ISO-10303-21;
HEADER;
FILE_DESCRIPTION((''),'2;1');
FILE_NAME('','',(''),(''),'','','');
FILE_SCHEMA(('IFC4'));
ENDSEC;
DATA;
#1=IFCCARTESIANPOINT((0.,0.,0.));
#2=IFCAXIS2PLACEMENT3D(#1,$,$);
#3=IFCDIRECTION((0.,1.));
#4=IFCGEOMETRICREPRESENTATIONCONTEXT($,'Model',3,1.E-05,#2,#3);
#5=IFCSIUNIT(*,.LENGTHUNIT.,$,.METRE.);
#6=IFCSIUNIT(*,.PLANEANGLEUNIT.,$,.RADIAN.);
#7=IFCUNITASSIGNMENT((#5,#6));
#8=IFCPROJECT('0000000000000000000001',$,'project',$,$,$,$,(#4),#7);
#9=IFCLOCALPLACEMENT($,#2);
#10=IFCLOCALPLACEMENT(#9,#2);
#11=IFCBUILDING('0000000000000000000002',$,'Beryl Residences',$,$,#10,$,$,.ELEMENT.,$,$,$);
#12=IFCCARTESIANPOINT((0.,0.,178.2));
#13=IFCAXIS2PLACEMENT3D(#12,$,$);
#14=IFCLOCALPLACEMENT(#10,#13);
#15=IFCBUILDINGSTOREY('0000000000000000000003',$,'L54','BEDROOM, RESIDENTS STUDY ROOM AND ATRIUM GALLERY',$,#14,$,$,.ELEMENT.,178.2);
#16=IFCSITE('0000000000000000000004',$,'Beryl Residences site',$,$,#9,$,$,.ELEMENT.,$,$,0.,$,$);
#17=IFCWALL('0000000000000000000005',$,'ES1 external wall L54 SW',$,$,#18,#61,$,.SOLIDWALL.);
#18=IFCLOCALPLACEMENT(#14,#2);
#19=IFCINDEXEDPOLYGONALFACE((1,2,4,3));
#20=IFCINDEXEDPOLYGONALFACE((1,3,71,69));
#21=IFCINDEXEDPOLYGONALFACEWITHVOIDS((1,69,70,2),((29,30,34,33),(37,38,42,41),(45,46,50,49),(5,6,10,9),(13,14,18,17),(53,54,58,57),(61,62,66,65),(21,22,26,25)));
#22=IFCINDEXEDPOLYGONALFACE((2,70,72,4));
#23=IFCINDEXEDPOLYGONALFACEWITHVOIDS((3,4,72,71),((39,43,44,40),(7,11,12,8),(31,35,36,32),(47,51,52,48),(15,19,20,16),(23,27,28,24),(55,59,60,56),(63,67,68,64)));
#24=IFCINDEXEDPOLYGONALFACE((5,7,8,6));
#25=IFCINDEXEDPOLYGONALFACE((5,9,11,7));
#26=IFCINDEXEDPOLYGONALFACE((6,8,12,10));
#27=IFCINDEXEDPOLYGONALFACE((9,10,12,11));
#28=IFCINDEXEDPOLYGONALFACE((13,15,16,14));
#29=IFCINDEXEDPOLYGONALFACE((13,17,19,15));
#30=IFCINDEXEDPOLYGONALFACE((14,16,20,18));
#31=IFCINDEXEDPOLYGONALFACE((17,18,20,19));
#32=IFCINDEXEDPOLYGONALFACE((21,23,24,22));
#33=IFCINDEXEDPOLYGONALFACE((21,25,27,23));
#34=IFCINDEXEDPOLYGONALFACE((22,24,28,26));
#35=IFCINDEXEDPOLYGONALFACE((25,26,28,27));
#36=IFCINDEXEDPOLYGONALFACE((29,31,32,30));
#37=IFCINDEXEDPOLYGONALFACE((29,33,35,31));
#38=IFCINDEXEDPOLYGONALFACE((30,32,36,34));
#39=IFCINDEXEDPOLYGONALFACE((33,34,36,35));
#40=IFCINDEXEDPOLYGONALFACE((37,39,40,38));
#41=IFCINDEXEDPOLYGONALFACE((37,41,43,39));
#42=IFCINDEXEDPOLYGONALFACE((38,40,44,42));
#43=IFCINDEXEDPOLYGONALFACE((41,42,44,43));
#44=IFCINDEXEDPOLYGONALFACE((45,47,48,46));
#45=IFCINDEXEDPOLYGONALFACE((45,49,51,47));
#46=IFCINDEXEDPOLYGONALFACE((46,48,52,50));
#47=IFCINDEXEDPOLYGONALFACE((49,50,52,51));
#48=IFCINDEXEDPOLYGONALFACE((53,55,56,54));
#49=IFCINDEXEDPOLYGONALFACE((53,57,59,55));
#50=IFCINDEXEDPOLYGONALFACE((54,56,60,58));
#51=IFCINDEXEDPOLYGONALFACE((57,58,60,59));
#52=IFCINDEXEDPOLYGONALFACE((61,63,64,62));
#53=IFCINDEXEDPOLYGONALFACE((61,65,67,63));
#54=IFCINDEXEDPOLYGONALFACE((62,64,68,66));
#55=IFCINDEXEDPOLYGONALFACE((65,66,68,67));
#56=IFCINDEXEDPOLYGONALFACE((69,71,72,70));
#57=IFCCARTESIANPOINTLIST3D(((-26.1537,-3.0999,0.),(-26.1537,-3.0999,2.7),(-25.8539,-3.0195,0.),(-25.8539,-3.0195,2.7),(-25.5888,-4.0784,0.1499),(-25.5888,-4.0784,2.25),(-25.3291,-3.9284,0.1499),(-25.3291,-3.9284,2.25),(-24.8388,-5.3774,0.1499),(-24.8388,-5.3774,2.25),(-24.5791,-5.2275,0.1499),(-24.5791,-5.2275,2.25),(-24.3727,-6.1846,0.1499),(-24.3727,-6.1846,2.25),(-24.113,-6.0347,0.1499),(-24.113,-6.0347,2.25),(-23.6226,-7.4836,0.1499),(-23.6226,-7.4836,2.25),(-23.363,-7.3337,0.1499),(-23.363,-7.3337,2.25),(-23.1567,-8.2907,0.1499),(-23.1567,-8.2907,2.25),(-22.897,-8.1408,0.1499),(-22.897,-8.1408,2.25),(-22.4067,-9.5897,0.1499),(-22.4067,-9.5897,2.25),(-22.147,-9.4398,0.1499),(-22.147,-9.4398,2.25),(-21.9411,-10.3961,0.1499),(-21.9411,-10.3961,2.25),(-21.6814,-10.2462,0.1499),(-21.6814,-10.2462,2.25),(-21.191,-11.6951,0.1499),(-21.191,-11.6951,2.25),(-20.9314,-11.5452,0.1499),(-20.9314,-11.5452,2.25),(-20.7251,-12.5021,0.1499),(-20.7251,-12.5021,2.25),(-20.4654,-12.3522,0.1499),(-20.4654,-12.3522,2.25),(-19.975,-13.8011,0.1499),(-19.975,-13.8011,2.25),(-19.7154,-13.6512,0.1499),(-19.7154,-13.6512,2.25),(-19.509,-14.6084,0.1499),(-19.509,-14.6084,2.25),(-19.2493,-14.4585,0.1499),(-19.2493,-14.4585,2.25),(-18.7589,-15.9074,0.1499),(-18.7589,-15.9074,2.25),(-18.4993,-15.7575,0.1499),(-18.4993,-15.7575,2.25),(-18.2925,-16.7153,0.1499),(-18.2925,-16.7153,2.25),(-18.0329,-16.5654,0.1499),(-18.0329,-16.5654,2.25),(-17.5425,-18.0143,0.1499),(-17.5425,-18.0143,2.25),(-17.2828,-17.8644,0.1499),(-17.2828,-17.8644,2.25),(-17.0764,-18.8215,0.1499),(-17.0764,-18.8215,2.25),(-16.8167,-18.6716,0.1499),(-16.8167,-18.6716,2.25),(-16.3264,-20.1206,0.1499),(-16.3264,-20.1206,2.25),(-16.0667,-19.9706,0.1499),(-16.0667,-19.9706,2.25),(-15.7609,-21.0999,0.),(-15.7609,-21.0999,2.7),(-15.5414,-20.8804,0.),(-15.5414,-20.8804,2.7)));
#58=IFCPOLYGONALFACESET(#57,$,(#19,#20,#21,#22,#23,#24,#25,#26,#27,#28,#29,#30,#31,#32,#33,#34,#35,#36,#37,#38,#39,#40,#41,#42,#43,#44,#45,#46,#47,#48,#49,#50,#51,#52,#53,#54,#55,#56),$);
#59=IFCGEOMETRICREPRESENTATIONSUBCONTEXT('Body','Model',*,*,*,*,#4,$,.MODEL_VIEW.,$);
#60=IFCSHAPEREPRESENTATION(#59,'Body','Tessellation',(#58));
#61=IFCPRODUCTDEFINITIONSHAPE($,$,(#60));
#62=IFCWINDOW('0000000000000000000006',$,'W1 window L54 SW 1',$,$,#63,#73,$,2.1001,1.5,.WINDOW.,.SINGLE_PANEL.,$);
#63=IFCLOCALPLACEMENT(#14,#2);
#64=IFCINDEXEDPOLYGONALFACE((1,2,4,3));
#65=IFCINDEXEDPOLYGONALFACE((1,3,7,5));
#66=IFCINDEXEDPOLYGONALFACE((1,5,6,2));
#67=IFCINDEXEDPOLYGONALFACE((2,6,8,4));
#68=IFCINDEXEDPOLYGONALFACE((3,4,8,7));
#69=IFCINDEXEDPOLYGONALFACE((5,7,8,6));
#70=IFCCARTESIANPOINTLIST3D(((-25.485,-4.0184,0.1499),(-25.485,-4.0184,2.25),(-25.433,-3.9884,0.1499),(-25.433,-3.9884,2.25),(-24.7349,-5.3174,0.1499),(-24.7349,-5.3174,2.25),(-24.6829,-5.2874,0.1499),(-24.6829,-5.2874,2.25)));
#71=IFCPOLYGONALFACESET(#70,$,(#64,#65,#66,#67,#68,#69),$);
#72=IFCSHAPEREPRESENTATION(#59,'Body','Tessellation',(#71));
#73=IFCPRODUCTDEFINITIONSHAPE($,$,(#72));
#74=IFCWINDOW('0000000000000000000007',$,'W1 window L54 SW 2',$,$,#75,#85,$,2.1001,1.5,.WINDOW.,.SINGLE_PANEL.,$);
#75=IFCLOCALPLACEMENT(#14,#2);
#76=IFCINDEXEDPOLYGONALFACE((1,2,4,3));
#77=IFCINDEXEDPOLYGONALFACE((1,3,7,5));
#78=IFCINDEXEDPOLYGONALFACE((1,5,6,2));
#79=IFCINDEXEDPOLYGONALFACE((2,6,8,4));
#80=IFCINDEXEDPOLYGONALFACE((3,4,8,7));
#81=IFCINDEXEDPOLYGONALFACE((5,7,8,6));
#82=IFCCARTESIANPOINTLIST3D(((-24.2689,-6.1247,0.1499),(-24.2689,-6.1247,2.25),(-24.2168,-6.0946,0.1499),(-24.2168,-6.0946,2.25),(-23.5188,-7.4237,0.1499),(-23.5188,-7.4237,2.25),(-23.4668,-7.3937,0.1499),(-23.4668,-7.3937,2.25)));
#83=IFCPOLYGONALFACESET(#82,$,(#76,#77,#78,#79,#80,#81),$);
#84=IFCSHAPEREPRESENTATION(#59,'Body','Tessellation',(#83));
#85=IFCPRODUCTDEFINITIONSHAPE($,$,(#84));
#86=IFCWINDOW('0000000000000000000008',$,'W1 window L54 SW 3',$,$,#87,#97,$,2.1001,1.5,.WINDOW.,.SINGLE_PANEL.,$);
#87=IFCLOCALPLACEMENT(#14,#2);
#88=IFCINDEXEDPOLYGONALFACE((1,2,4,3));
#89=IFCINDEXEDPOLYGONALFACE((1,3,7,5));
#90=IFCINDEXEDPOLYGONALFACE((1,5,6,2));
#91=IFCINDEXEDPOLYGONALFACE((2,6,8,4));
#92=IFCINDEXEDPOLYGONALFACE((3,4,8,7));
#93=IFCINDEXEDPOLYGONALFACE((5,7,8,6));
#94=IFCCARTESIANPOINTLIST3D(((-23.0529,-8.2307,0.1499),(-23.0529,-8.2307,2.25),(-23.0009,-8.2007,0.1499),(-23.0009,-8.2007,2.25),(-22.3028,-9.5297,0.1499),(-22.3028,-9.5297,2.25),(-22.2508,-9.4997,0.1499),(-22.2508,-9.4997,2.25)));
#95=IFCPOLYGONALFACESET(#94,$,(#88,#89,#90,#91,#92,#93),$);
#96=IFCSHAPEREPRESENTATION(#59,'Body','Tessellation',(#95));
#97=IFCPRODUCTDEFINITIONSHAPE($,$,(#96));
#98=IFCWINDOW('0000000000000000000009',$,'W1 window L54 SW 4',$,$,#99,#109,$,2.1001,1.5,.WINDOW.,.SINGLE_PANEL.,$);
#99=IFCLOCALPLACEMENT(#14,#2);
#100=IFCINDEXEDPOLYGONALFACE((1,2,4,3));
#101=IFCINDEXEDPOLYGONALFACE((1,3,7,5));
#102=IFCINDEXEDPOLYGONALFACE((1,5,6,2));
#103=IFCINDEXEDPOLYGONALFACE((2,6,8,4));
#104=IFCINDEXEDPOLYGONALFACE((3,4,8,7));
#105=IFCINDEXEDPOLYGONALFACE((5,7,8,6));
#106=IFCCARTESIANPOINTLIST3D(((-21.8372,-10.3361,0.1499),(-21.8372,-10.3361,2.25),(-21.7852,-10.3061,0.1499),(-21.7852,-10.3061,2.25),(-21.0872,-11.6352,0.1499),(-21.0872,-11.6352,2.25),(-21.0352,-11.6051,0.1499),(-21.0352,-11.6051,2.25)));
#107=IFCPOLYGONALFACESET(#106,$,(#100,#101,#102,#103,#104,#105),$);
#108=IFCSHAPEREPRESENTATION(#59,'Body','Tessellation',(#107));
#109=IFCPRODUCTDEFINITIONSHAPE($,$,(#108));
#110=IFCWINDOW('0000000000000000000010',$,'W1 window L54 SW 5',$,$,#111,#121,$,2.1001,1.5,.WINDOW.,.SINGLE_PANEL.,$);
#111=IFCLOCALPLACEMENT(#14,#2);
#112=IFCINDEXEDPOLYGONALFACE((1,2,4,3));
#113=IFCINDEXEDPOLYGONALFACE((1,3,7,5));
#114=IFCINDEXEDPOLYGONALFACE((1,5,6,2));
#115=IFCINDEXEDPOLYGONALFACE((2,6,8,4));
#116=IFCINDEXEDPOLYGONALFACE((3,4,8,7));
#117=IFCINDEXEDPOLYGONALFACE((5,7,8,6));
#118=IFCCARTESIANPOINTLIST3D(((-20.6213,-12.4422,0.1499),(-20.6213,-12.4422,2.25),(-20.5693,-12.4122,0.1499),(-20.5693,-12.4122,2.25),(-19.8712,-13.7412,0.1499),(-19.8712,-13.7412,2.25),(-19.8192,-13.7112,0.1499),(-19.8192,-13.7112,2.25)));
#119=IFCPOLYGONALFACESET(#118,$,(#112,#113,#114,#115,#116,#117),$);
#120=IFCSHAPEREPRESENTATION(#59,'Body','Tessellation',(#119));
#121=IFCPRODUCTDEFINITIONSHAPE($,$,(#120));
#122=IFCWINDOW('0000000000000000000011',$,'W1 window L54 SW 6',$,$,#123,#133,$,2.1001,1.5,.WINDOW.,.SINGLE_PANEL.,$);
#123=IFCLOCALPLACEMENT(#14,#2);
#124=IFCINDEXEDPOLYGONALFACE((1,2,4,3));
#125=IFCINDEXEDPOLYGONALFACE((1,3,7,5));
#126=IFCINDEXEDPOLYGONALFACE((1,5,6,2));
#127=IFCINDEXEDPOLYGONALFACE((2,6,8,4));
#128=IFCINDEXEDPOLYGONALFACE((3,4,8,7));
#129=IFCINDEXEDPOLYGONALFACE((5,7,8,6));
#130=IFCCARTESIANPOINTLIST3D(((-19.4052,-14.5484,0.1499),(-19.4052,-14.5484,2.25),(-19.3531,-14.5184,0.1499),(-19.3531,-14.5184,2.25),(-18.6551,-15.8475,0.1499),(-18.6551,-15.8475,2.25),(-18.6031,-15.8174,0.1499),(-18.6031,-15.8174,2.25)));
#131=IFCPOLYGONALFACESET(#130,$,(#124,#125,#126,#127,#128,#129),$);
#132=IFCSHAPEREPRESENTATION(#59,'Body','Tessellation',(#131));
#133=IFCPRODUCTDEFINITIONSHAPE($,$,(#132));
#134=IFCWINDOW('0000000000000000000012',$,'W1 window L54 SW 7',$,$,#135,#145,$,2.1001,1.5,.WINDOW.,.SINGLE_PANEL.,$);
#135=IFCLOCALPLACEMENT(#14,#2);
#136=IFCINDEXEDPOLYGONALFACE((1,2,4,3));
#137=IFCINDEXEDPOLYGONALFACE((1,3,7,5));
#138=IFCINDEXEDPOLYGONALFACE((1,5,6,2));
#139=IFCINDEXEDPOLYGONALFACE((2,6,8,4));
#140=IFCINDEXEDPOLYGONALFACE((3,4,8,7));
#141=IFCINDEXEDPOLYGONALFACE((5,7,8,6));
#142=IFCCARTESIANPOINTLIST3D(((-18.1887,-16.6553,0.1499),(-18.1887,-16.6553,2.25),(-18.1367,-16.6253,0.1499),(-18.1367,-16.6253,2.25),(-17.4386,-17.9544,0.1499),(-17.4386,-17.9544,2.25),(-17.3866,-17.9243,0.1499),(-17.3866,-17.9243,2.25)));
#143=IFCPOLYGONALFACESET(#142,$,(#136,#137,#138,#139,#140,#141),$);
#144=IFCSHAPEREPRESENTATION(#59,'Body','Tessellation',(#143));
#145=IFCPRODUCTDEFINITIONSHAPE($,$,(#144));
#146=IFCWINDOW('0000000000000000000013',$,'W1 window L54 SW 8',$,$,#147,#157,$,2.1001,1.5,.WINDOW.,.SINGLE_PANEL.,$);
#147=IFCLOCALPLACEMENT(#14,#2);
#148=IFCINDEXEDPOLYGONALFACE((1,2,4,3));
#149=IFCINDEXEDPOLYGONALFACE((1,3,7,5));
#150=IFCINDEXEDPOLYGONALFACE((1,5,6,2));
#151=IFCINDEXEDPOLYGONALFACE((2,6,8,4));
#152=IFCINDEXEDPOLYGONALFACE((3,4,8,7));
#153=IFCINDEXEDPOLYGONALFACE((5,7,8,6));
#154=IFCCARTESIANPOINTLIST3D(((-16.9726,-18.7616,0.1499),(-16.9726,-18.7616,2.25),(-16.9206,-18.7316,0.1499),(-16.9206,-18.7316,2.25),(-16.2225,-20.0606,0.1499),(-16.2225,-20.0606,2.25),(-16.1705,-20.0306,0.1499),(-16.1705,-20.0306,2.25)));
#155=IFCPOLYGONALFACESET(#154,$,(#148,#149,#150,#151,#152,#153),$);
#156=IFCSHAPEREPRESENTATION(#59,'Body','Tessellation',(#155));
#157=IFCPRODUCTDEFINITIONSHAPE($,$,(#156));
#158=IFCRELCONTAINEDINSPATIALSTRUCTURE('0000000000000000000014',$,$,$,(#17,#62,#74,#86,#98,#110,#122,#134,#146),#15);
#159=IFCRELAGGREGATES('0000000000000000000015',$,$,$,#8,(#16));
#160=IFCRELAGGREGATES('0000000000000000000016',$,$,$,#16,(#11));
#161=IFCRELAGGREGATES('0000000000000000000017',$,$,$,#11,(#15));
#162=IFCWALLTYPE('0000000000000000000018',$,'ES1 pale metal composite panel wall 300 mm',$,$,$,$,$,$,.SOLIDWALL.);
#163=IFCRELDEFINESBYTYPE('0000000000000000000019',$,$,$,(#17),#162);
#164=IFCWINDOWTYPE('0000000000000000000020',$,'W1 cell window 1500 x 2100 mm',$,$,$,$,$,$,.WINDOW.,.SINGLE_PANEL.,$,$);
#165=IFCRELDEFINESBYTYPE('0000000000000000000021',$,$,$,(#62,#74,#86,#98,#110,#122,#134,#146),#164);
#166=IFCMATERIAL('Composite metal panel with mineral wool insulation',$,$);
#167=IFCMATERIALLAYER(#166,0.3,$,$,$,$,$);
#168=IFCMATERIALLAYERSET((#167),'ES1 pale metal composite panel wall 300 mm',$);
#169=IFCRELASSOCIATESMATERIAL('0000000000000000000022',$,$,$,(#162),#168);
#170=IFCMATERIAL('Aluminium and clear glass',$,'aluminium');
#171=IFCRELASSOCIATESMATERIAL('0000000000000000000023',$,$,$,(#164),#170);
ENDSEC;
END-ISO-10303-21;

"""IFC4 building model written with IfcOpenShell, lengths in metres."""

from ifc_helpers import new_model, si_unit, direction, frame, frame_2d, origin, place, context, subcontext, project, spatial, polyline, rectangle, outline, extrude, material, layer, layer_set, type_object, element, fill, save


model = new_model("IFC4")

# Units and contexts
model_context = context("Model", 3, precision=1e-05, world=origin(), true_north=direction((0.0, 1.0)))
body_context = subcontext(model_context, "Body", "Model", "MODEL_VIEW")
ifc_project = project(units=[si_unit("LENGTHUNIT", "METRE"), si_unit("PLANEANGLEUNIT", "RADIAN")], contexts=[model_context])

# Site, building, storey
site_placement = place(None, origin())
site = spatial("IfcSite", under=ifc_project, at=site_placement, Name="Beryl Residences site", CompositionType="ELEMENT", RefElevation=0.0)
building_placement = place(site_placement, origin())
building = spatial("IfcBuilding", under=site, at=building_placement, Name="Beryl Residences", CompositionType="ELEMENT")
storey_placement = place(building_placement, frame((0.0, 0.0, 178.2)))
storey = spatial("IfcBuildingStorey", under=building, at=storey_placement, Name="L54", Description="BEDROOM, RESIDENTS STUDY ROOM AND ATRIUM GALLERY", CompositionType="ELEMENT", Elevation=178.2)

# Wall, openings, windows
ifc_material_1 = material(Name="Composite metal panel with mineral wool insulation")
ifc_layer_1 = layer(ifc_material_1, 0.3)
ifc_layer_set_1 = layer_set([ifc_layer_1], Name="ES1 pale metal composite panel wall 300 mm")
wall_type_1 = type_object("IfcWallType", Name="ES1 pale metal composite panel wall 300 mm", PredefinedType="SOLIDWALL", material=ifc_layer_set_1)
wall_1_placement = place(storey_placement, frame((-26.0239, -3.0249, 0.0), z_axis=(0.0, 0.0, 1.0), x_axis=(0.500019, -0.866015, 0.0)))
wall_1 = element("IfcWall", 1, at=wall_1_placement, inside=storey, type_object=wall_type_1, Name="ES1 external wall L54 SW", PredefinedType="SOLIDWALL", context=body_context, shape_type="SweptSolid", body=[
    extrude(outline(polyline([(0.0, -0.1499), (20.7849, -0.1499), (20.7046, 0.1499), (0.0803, 0.1499), (0.0, -0.1499)])), origin(), (0.0, 0.0, 1.0), 2.7),
])
opening_1_placement = place(wall_1_placement, frame((1.1299, 0.0, 0.1499)))
opening_1 = element("IfcOpeningElement", 2, at=opening_1_placement, cuts=wall_1, PredefinedType="OPENING", context=body_context, shape_type="SweptSolid", body=[
    extrude(rectangle(XDim=1.5, YDim=2.1001, at=frame_2d((0.75, 1.05))), frame((0.0, 0.1599, 0.0), z_axis=(0.0, -1.0, 0.0), x_axis=(1.0, 0.0, 0.0)), (0.0, 0.0, 1.0), 0.3201),
])
opening_2_placement = place(wall_1_placement, frame((3.562, 0.0, 0.1499)))
opening_2 = element("IfcOpeningElement", 3, at=opening_2_placement, cuts=wall_1, PredefinedType="OPENING", context=body_context, shape_type="SweptSolid", body=[
    extrude(rectangle(XDim=1.5, YDim=2.1001, at=frame_2d((0.75, 1.05))), frame((0.0, 0.1599, 0.0), z_axis=(0.0, -1.0, 0.0), x_axis=(1.0, 0.0, 0.0)), (0.0, 0.0, 1.0), 0.3201),
])
opening_3_placement = place(wall_1_placement, frame((5.9939, 0.0, 0.1499)))
opening_3 = element("IfcOpeningElement", 4, at=opening_3_placement, cuts=wall_1, PredefinedType="OPENING", context=body_context, shape_type="SweptSolid", body=[
    extrude(rectangle(XDim=1.5, YDim=2.1001, at=frame_2d((0.75, 1.05))), frame((0.0, 0.1599, 0.0), z_axis=(0.0, -1.0, 0.0), x_axis=(1.0, 0.0, 0.0)), (0.0, 0.0, 1.0), 0.3201),
])
opening_4_placement = place(wall_1_placement, frame((8.425, 0.0, 0.1499)))
opening_4 = element("IfcOpeningElement", 5, at=opening_4_placement, cuts=wall_1, PredefinedType="OPENING", context=body_context, shape_type="SweptSolid", body=[
    extrude(rectangle(XDim=1.5, YDim=2.1001, at=frame_2d((0.75, 1.05))), frame((0.0, 0.1599, 0.0), z_axis=(0.0, -1.0, 0.0), x_axis=(1.0, 0.0, 0.0)), (0.0, 0.0, 1.0), 0.3201),
])
opening_5_placement = place(wall_1_placement, frame((10.8569, 0.0, 0.1499)))
opening_5 = element("IfcOpeningElement", 6, at=opening_5_placement, cuts=wall_1, PredefinedType="OPENING", context=body_context, shape_type="SweptSolid", body=[
    extrude(rectangle(XDim=1.5, YDim=2.1001, at=frame_2d((0.75, 1.05))), frame((0.0, 0.1599, 0.0), z_axis=(0.0, -1.0, 0.0), x_axis=(1.0, 0.0, 0.0)), (0.0, 0.0, 1.0), 0.3201),
])
opening_6_placement = place(wall_1_placement, frame((13.2891, 0.0, 0.1499)))
opening_6 = element("IfcOpeningElement", 7, at=opening_6_placement, cuts=wall_1, PredefinedType="OPENING", context=body_context, shape_type="SweptSolid", body=[
    extrude(rectangle(XDim=1.5, YDim=2.1001, at=frame_2d((0.75, 1.05))), frame((0.0, 0.1599, 0.0), z_axis=(0.0, -1.0, 0.0), x_axis=(1.0, 0.0, 0.0)), (0.0, 0.0, 1.0), 0.3201),
])
opening_7_placement = place(wall_1_placement, frame((15.7219, 0.0, 0.1499)))
opening_7 = element("IfcOpeningElement", 8, at=opening_7_placement, cuts=wall_1, PredefinedType="OPENING", context=body_context, shape_type="SweptSolid", body=[
    extrude(rectangle(XDim=1.5, YDim=2.1001, at=frame_2d((0.75, 1.05))), frame((0.0, 0.1599, 0.0), z_axis=(0.0, -1.0, 0.0), x_axis=(1.0, 0.0, 0.0)), (0.0, 0.0, 1.0), 0.3201),
])
opening_8_placement = place(wall_1_placement, frame((18.1541, 0.0, 0.1499)))
opening_8 = element("IfcOpeningElement", 9, at=opening_8_placement, cuts=wall_1, PredefinedType="OPENING", context=body_context, shape_type="SweptSolid", body=[
    extrude(rectangle(XDim=1.5, YDim=2.1001, at=frame_2d((0.75, 1.05))), frame((0.0, 0.1599, 0.0), z_axis=(0.0, -1.0, 0.0), x_axis=(1.0, 0.0, 0.0)), (0.0, 0.0, 1.0), 0.3201),
])
ifc_material_2 = material(Name="Aluminium and clear glass", Category="aluminium")
window_type = type_object("IfcWindowType", Name="W1 cell window 1500 x 2100 mm", PartitioningType="SINGLE_PANEL", PredefinedType="WINDOW", material=ifc_material_2)
window_1_placement = place(opening_1_placement, origin())
window_1 = element("IfcWindow", 10, at=window_1_placement, inside=storey, type_object=window_type, Name="W1 window L54 SW 1", OverallHeight=2.1001, OverallWidth=1.5, PartitioningType="SINGLE_PANEL", PredefinedType="WINDOW", context=body_context, shape_type="SweptSolid", body=[
    extrude(rectangle(XDim=1.5, YDim=2.1001, at=frame_2d((0.75, 1.05))), frame((0.0, 0.03, 0.0), z_axis=(0.0, -1.0, 0.0), x_axis=(1.0, 0.0, 0.0)), (0.0, 0.0, 1.0), 0.0601),
])
fill(opening_1, window_1)
window_2_placement = place(opening_2_placement, origin())
window_2 = element("IfcWindow", 11, at=window_2_placement, inside=storey, type_object=window_type, Name="W1 window L54 SW 2", OverallHeight=2.1001, OverallWidth=1.5, PartitioningType="SINGLE_PANEL", PredefinedType="WINDOW", context=body_context, shape_type="SweptSolid", body=[
    extrude(rectangle(XDim=1.5, YDim=2.1001, at=frame_2d((0.75, 1.05))), frame((0.0, 0.03, 0.0), z_axis=(0.0, -1.0, 0.0), x_axis=(1.0, 0.0, 0.0)), (0.0, 0.0, 1.0), 0.0601),
])
fill(opening_2, window_2)
window_3_placement = place(opening_3_placement, origin())
window_3 = element("IfcWindow", 12, at=window_3_placement, inside=storey, type_object=window_type, Name="W1 window L54 SW 3", OverallHeight=2.1001, OverallWidth=1.5, PartitioningType="SINGLE_PANEL", PredefinedType="WINDOW", context=body_context, shape_type="SweptSolid", body=[
    extrude(rectangle(XDim=1.5, YDim=2.1001, at=frame_2d((0.75, 1.05))), frame((0.0, 0.03, 0.0), z_axis=(0.0, -1.0, 0.0), x_axis=(1.0, 0.0, 0.0)), (0.0, 0.0, 1.0), 0.0601),
])
fill(opening_3, window_3)
window_4_placement = place(opening_4_placement, origin())
window_4 = element("IfcWindow", 13, at=window_4_placement, inside=storey, type_object=window_type, Name="W1 window L54 SW 4", OverallHeight=2.1001, OverallWidth=1.5, PartitioningType="SINGLE_PANEL", PredefinedType="WINDOW", context=body_context, shape_type="SweptSolid", body=[
    extrude(rectangle(XDim=1.5, YDim=2.1001, at=frame_2d((0.75, 1.05))), frame((0.0, 0.03, 0.0), z_axis=(0.0, -1.0, 0.0), x_axis=(1.0, 0.0, 0.0)), (0.0, 0.0, 1.0), 0.0601),
])
fill(opening_4, window_4)
window_5_placement = place(opening_5_placement, origin())
window_5 = element("IfcWindow", 14, at=window_5_placement, inside=storey, type_object=window_type, Name="W1 window L54 SW 5", OverallHeight=2.1001, OverallWidth=1.5, PartitioningType="SINGLE_PANEL", PredefinedType="WINDOW", context=body_context, shape_type="SweptSolid", body=[
    extrude(rectangle(XDim=1.5, YDim=2.1001, at=frame_2d((0.75, 1.05))), frame((0.0, 0.03, 0.0), z_axis=(0.0, -1.0, 0.0), x_axis=(1.0, 0.0, 0.0)), (0.0, 0.0, 1.0), 0.0601),
])
fill(opening_5, window_5)
window_6_placement = place(opening_6_placement, origin())
window_6 = element("IfcWindow", 15, at=window_6_placement, inside=storey, type_object=window_type, Name="W1 window L54 SW 6", OverallHeight=2.1001, OverallWidth=1.5, PartitioningType="SINGLE_PANEL", PredefinedType="WINDOW", context=body_context, shape_type="SweptSolid", body=[
    extrude(rectangle(XDim=1.5, YDim=2.1001, at=frame_2d((0.75, 1.05))), frame((0.0, 0.03, 0.0), z_axis=(0.0, -1.0, 0.0), x_axis=(1.0, 0.0, 0.0)), (0.0, 0.0, 1.0), 0.0601),
])
fill(opening_6, window_6)
window_7_placement = place(opening_7_placement, origin())
window_7 = element("IfcWindow", 16, at=window_7_placement, inside=storey, type_object=window_type, Name="W1 window L54 SW 7", OverallHeight=2.1001, OverallWidth=1.5, PartitioningType="SINGLE_PANEL", PredefinedType="WINDOW", context=body_context, shape_type="SweptSolid", body=[
    extrude(rectangle(XDim=1.5, YDim=2.1001, at=frame_2d((0.75, 1.05))), frame((0.0, 0.03, 0.0), z_axis=(0.0, -1.0, 0.0), x_axis=(1.0, 0.0, 0.0)), (0.0, 0.0, 1.0), 0.0601),
])
fill(opening_7, window_7)
window_8_placement = place(opening_8_placement, origin())
window_8 = element("IfcWindow", 17, at=window_8_placement, inside=storey, type_object=window_type, Name="W1 window L54 SW 8", OverallHeight=2.1001, OverallWidth=1.5, PartitioningType="SINGLE_PANEL", PredefinedType="WINDOW", context=body_context, shape_type="SweptSolid", body=[
    extrude(rectangle(XDim=1.5, YDim=2.1001, at=frame_2d((0.75, 1.05))), frame((0.0, 0.03, 0.0), z_axis=(0.0, -1.0, 0.0), x_axis=(1.0, 0.0, 0.0)), (0.0, 0.0, 1.0), 0.0601),
])
fill(opening_8, window_8)

save(model, "model.ifc")
